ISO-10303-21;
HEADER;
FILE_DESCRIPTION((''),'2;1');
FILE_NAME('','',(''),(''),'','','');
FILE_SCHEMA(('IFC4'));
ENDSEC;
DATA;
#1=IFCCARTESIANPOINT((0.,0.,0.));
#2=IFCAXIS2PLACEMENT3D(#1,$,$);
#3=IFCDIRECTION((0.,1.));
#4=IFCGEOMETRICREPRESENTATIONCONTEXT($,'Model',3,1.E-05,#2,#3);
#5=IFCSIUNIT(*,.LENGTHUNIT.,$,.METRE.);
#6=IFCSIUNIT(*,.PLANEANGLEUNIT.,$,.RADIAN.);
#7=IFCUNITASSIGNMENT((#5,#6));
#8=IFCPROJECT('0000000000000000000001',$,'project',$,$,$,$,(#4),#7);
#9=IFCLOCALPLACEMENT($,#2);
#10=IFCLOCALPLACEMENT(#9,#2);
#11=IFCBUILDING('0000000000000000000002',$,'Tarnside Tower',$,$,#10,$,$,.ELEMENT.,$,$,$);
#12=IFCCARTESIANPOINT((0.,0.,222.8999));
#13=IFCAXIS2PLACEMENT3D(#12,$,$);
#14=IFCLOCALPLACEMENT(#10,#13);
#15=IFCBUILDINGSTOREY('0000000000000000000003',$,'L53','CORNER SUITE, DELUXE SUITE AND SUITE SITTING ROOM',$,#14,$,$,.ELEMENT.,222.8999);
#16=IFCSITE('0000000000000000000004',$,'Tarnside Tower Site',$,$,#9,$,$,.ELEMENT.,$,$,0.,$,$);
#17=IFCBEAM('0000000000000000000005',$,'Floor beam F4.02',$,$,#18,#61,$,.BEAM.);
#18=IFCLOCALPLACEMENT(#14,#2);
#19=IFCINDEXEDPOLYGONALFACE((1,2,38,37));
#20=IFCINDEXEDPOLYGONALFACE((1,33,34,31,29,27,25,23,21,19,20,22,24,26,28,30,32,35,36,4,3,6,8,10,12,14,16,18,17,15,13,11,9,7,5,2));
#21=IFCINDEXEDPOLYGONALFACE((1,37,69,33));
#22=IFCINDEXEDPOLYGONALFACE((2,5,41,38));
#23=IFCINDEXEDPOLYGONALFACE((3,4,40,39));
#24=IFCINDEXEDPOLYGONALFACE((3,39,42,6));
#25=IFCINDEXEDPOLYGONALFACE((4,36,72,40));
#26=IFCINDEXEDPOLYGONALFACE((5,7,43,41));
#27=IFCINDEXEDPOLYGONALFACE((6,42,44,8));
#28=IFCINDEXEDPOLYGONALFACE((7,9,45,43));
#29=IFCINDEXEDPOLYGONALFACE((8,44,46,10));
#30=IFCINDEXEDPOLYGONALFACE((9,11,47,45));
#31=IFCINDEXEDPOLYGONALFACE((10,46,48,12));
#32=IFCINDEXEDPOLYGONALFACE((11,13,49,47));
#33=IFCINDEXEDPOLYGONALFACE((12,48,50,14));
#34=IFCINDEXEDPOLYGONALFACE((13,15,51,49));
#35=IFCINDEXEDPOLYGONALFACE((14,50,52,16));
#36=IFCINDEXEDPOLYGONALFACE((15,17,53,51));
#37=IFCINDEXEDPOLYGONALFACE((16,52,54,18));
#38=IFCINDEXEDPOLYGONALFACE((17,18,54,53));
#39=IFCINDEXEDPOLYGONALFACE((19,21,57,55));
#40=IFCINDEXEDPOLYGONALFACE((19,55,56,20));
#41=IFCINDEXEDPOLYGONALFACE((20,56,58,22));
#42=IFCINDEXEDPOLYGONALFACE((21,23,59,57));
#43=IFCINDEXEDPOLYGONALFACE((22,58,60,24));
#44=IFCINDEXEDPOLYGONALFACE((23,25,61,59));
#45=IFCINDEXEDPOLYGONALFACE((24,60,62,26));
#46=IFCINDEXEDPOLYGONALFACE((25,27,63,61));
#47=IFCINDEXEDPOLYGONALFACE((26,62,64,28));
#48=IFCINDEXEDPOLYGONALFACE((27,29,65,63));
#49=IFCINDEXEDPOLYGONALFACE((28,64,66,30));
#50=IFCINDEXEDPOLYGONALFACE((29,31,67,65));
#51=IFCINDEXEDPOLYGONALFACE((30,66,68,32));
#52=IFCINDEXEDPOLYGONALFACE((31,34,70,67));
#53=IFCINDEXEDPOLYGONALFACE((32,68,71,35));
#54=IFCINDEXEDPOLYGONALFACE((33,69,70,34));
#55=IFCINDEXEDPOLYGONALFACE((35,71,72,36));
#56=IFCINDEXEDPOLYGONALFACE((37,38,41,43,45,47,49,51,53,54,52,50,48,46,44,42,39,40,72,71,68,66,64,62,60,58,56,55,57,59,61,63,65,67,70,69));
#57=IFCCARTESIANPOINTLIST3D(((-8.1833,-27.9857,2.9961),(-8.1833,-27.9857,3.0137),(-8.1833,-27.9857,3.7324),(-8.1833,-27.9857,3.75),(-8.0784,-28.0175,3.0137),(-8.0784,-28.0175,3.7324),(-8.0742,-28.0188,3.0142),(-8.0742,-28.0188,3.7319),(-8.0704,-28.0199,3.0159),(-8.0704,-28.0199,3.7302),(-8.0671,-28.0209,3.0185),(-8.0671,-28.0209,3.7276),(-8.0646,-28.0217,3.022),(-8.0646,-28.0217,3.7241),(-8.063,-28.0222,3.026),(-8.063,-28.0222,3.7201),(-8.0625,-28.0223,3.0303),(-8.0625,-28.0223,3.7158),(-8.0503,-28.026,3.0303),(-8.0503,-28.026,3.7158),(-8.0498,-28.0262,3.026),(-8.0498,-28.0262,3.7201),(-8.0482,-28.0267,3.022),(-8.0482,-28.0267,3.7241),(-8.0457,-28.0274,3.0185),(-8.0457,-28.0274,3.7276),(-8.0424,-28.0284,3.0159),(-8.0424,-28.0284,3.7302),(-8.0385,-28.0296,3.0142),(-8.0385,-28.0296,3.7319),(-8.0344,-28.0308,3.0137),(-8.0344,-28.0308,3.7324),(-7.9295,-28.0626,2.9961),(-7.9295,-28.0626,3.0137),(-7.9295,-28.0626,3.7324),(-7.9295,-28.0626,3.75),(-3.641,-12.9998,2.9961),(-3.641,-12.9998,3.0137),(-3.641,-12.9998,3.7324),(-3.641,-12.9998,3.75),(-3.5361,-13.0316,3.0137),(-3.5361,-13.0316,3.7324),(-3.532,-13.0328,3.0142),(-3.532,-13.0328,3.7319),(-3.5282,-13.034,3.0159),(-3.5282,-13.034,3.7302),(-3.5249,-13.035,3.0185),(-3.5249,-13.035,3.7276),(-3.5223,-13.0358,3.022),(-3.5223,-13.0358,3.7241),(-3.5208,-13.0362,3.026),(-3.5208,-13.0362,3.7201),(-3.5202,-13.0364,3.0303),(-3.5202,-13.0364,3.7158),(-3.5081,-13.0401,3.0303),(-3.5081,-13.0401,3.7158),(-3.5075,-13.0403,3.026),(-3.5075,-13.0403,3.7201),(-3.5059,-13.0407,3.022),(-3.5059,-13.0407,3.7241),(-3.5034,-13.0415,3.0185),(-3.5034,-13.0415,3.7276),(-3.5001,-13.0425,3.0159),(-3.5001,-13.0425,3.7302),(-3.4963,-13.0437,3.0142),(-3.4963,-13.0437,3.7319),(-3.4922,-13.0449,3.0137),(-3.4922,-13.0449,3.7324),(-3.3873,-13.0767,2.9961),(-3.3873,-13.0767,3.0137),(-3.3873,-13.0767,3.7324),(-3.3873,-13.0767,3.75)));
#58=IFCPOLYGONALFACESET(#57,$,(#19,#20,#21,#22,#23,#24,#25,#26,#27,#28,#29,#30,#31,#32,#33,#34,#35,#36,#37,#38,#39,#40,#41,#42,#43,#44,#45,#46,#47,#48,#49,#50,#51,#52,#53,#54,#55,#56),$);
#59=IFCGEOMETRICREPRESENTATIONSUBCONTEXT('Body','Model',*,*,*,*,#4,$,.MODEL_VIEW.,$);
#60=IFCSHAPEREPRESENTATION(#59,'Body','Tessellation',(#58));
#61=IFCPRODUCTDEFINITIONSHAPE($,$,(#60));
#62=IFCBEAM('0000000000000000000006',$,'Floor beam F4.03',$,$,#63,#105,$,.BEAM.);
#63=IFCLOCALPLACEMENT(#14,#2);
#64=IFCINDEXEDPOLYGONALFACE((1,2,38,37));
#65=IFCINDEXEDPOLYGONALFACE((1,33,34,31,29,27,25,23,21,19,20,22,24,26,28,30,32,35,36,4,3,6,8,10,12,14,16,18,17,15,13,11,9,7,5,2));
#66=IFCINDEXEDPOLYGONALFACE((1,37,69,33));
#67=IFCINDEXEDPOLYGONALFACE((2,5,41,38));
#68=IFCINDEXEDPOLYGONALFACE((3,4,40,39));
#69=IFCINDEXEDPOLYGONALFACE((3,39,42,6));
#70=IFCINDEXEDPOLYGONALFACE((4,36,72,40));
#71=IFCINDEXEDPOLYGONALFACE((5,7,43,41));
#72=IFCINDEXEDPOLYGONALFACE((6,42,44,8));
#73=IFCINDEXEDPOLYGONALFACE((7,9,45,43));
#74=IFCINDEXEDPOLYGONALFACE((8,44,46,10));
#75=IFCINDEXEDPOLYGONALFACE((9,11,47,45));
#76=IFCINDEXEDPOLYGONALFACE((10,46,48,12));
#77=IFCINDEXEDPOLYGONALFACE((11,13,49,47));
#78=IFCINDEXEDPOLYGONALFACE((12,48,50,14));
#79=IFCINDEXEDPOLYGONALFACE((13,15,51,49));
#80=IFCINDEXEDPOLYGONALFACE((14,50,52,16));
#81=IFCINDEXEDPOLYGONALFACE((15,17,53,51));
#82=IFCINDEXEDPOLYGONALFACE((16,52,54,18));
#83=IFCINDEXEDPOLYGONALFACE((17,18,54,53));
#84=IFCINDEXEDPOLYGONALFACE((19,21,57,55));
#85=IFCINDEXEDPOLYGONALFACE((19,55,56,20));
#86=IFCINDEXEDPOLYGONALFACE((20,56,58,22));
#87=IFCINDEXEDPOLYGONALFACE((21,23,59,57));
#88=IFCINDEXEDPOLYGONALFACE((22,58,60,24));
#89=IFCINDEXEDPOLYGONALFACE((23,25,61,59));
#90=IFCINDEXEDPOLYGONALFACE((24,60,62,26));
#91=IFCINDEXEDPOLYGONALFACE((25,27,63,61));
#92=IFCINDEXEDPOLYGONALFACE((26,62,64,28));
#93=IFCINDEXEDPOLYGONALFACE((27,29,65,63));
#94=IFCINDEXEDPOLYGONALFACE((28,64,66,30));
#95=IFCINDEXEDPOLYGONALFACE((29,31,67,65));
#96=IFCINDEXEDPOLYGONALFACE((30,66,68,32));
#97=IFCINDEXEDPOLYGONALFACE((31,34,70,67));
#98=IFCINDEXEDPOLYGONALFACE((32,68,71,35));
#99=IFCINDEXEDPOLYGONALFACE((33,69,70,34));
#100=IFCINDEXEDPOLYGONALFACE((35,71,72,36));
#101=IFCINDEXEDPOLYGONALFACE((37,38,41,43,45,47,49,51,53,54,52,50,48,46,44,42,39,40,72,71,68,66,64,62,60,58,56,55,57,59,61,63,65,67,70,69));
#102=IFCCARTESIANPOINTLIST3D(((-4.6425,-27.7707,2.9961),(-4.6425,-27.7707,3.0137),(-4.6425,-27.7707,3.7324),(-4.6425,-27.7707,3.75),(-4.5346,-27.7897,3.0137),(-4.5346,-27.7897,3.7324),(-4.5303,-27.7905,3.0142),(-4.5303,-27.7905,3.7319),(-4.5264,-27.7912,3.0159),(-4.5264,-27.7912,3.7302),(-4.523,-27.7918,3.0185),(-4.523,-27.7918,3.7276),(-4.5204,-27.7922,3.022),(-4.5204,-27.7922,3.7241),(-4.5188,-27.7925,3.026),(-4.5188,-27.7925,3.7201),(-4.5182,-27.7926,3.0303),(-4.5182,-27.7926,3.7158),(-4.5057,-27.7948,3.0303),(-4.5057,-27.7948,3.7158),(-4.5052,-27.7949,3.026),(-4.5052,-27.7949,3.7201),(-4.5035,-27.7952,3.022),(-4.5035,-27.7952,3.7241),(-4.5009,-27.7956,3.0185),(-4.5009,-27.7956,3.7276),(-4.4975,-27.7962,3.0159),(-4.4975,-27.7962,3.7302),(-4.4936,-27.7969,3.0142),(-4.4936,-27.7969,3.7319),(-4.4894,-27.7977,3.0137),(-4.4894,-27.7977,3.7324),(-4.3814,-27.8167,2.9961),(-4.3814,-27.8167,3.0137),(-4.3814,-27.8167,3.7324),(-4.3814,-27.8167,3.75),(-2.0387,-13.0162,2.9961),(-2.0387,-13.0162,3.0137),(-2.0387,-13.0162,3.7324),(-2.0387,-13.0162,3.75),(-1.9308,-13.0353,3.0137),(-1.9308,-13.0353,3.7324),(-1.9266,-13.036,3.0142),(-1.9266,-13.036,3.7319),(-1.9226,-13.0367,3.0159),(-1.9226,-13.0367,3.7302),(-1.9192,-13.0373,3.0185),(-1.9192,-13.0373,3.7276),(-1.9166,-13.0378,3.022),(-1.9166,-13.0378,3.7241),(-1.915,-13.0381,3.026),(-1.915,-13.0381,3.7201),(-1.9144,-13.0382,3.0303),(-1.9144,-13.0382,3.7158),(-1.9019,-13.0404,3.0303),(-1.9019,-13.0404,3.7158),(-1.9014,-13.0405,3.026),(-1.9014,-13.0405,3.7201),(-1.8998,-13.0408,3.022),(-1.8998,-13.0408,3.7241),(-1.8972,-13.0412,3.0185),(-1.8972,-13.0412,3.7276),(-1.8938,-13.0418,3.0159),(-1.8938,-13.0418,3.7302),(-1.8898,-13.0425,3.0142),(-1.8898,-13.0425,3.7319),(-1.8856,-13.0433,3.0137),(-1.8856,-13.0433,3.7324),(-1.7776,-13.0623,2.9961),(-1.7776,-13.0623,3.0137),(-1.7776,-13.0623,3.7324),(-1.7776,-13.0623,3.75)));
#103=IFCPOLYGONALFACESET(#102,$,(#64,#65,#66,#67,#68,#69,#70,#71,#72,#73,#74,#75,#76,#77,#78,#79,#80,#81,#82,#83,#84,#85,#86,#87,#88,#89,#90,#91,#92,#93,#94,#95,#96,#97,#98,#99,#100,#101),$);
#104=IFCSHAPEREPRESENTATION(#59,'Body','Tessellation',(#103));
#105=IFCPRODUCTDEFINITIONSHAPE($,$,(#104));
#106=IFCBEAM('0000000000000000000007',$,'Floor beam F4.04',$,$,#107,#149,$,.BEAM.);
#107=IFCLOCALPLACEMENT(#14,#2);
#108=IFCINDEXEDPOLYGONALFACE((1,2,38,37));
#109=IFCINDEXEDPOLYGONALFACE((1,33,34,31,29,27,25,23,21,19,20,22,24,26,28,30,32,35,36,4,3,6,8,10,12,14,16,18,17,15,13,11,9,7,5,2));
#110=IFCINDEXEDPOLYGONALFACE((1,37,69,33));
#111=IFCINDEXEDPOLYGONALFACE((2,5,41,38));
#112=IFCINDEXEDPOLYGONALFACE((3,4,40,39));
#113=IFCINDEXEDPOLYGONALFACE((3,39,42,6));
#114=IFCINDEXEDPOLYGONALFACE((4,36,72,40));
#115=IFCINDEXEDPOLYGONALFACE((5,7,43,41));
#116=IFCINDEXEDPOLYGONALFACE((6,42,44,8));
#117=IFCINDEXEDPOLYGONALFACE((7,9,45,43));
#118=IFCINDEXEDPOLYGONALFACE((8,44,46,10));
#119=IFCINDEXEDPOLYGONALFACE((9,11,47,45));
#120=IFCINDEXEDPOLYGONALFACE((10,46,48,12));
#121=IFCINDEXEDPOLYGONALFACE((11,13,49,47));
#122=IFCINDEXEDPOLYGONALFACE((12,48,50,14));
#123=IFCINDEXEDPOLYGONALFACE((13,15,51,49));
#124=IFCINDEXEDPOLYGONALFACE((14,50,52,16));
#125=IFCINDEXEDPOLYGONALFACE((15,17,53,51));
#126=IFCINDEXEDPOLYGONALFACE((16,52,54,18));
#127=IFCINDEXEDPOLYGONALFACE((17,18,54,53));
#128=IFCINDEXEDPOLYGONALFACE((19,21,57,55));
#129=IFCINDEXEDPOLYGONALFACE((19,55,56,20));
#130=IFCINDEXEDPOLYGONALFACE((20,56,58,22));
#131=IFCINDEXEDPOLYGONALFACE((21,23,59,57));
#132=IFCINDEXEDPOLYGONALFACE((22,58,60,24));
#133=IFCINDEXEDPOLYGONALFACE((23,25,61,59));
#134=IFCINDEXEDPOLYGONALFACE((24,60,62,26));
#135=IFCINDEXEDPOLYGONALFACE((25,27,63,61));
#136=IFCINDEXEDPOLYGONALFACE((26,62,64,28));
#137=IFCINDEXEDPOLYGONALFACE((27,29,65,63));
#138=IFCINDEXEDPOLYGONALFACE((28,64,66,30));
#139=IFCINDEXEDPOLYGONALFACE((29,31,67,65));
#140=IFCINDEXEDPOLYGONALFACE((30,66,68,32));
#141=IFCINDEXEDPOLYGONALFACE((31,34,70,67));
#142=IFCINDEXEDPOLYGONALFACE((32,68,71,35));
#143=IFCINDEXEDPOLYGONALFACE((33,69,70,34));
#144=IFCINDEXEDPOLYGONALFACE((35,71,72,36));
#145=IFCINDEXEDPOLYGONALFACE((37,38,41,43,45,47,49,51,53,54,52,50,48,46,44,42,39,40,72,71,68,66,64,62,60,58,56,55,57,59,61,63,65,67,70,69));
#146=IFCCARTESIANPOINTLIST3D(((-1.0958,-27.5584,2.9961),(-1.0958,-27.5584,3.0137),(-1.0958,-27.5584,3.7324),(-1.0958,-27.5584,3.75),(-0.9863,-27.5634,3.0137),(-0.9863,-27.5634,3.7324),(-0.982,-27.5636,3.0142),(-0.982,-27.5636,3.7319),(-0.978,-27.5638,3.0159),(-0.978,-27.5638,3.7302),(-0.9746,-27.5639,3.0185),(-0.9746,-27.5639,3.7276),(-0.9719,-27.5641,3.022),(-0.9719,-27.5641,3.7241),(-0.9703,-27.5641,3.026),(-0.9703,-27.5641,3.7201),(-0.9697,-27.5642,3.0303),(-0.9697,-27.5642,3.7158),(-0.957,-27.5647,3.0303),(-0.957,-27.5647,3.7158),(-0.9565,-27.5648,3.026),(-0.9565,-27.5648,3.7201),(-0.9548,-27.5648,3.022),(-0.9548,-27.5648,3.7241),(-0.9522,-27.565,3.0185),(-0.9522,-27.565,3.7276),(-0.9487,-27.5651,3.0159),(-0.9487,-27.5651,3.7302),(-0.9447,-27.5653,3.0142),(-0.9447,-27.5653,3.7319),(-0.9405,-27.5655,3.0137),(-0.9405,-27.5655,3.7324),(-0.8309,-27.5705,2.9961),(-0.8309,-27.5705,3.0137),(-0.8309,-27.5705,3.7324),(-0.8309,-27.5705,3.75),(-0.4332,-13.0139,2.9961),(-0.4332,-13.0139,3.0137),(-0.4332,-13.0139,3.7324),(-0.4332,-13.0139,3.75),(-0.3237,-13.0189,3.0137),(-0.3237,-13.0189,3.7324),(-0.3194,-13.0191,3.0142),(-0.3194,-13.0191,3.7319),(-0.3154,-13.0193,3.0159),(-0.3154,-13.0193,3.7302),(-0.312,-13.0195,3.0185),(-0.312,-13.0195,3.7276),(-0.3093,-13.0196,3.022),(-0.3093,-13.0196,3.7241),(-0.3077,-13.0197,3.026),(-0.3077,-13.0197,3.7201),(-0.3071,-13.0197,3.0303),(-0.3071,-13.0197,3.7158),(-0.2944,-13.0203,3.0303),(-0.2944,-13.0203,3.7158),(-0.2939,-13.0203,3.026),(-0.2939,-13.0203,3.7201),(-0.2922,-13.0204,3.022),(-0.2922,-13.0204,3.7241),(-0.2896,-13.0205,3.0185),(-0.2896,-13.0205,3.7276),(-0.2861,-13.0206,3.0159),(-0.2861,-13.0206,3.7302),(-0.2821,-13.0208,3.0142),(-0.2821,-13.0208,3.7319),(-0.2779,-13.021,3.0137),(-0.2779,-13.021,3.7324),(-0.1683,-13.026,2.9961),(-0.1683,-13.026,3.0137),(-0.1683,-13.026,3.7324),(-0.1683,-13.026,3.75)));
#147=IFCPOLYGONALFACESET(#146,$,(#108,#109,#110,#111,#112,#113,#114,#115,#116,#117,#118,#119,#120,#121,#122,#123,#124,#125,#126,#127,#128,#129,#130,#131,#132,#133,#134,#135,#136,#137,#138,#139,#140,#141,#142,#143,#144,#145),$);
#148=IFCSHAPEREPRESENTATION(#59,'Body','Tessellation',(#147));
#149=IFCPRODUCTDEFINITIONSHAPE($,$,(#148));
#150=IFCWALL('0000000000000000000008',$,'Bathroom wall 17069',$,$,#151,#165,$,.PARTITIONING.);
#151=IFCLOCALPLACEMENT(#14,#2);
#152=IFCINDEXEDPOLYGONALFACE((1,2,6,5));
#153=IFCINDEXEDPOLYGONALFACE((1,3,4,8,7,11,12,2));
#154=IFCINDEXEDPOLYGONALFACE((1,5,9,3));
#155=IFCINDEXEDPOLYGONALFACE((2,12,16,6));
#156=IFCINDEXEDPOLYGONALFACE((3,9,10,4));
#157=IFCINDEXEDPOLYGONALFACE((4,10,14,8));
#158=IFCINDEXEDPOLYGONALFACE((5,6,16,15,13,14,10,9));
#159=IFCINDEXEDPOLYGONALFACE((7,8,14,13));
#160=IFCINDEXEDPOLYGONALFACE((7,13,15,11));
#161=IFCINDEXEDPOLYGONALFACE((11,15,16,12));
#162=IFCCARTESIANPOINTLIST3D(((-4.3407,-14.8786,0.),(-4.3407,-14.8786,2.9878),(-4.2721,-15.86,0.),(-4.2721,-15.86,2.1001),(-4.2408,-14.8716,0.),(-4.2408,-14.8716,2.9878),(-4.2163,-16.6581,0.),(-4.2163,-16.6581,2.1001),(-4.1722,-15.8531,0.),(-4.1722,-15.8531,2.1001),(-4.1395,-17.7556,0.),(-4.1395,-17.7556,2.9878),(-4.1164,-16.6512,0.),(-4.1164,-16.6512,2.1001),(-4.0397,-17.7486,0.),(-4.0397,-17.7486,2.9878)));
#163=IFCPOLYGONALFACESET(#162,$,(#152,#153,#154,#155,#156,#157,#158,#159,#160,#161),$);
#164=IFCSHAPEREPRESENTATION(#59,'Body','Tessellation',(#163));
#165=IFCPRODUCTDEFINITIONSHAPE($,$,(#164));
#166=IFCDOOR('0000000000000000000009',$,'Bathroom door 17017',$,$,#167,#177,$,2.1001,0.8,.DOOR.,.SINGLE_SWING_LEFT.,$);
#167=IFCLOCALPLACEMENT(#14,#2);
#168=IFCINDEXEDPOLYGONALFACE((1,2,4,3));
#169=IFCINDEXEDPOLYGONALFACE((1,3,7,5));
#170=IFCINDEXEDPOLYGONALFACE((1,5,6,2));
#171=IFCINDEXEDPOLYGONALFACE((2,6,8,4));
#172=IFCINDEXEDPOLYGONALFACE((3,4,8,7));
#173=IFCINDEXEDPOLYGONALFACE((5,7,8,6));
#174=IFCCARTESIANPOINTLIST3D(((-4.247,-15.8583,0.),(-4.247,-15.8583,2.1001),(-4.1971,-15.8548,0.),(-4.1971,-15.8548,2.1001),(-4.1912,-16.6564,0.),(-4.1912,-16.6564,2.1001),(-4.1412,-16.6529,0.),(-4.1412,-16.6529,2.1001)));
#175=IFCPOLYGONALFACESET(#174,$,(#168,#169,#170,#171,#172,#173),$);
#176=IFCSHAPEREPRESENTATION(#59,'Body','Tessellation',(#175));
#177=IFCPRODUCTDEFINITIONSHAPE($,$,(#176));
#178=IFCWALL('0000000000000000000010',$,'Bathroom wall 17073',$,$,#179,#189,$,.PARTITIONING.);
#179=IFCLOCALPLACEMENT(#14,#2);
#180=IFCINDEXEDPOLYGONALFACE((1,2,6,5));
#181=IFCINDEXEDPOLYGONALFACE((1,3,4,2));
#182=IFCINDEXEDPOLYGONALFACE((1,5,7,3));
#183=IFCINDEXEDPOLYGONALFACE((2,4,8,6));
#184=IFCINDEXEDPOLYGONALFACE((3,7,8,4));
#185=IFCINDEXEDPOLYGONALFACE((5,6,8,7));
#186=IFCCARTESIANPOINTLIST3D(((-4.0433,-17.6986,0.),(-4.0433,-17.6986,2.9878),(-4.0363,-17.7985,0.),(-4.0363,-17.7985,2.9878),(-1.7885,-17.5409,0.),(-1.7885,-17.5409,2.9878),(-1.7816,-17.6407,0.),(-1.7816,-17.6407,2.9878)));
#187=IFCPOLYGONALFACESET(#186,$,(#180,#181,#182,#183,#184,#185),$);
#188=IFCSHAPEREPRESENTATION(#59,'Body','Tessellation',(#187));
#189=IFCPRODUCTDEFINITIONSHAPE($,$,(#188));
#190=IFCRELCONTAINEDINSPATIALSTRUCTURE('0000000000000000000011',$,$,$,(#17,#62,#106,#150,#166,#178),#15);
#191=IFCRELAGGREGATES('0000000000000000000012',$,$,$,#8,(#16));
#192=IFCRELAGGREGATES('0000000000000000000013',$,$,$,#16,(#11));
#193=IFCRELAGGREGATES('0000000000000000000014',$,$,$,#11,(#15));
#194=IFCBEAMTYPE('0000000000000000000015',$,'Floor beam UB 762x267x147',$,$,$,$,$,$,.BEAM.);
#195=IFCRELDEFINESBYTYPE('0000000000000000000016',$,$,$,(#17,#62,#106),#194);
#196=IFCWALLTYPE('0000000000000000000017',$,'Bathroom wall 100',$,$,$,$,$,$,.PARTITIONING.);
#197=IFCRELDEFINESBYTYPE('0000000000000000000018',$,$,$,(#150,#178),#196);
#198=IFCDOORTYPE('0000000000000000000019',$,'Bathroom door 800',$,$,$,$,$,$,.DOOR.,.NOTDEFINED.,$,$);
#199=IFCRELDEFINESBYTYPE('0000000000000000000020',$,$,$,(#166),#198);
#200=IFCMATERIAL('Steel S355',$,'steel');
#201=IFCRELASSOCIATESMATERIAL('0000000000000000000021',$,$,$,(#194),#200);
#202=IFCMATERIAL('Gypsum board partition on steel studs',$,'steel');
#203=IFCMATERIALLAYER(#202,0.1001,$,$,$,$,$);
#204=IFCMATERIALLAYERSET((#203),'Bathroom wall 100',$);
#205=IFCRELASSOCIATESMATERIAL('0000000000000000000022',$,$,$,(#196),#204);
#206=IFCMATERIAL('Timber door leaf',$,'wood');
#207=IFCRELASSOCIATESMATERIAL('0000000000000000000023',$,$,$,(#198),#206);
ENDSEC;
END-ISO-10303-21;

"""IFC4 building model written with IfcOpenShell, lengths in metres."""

from ifc_helpers import new_model, si_unit, direction, frame, frame_2d, origin, origin_2d, place, context, subcontext, project, spatial, rectangle, i_section, extrude, material, layer, layer_set, material_profile, profile_set, type_object, element, fill, save


model = new_model("IFC4")

# Units and contexts
model_context = context("Model", 3, precision=1e-05, world=origin(), true_north=direction((0.0, 1.0)))
body_context = subcontext(model_context, "Body", "Model", "MODEL_VIEW")
ifc_project = project(units=[si_unit("LENGTHUNIT", "METRE"), si_unit("PLANEANGLEUNIT", "RADIAN")], contexts=[model_context])

# Site, building, storey
site_placement = place(None, origin())
site = spatial("IfcSite", under=ifc_project, at=site_placement, Name="Tarnside Tower Site", CompositionType="ELEMENT", RefElevation=0.0)
building_placement = place(site_placement, origin())
building = spatial("IfcBuilding", under=site, at=building_placement, Name="Tarnside Tower", CompositionType="ELEMENT")
storey_placement = place(building_placement, frame((0.0, 0.0, 222.8999)))
storey = spatial("IfcBuildingStorey", under=building, at=storey_placement, Name="L53", Description="CORNER SUITE, DELUXE SUITE AND SUITE SITTING ROOM", CompositionType="ELEMENT", Elevation=222.8999)

# Beams
ifc_material_1 = material(Name="Steel S355", Category="steel")
ifc_material_profile = material_profile(ifc_material_1, i_section(OverallWidth=0.2651, OverallDepth=0.7539, WebThickness=0.0127, FlangeThickness=0.0176, FilletRadius=0.0166, at=origin_2d()), Name="UB 762x267x147")
ifc_profile_set = profile_set([ifc_material_profile], Name="Steel S355")
beam_type = type_object("IfcBeamType", Name="Floor beam UB 762x267x147", PredefinedType="BEAM", material=ifc_profile_set)
beam_1_placement = place(storey_placement, frame((-8.0564, -28.0242, 3.373), z_axis=(0.29007, 0.957005, 0.0), x_axis=(-0.957005, 0.29007, 0.0)))
element("IfcBeam", 1, at=beam_1_placement, inside=storey, type_object=beam_type, Name="Floor beam F4.02", PredefinedType="BEAM", context=body_context, shape_type="SweptSolid", body=[
    extrude(i_section(OverallWidth=0.2651, OverallDepth=0.7539, WebThickness=0.0127, FlangeThickness=0.0176, FilletRadius=0.0166, at=origin_2d()), origin(), (0.0, 0.0, 1.0), 15.6592),
])
beam_2_placement = place(storey_placement, frame((-4.512, -27.7937, 3.373), z_axis=(0.173788, 0.984783, 0.0), x_axis=(-0.984783, 0.173788, 0.0)))
element("IfcBeam", 2, at=beam_2_placement, inside=storey, type_object=beam_type, Name="Floor beam F4.03", PredefinedType="BEAM", context=body_context, shape_type="SweptSolid", body=[
    extrude(i_section(OverallWidth=0.2651, OverallDepth=0.7539, WebThickness=0.0127, FlangeThickness=0.0176, FilletRadius=0.0166, at=origin_2d()), origin(), (0.0, 0.0, 1.0), 14.9824),
])
beam_3_placement = place(storey_placement, frame((-0.9634, -27.5645, 3.373), z_axis=(0.04551, 0.998964, 0.0), x_axis=(-0.998964, 0.04551, 0.0)))
element("IfcBeam", 3, at=beam_3_placement, inside=storey, type_object=beam_type, Name="Floor beam F4.04", PredefinedType="BEAM", context=body_context, shape_type="SweptSolid", body=[
    extrude(i_section(OverallWidth=0.2651, OverallDepth=0.7539, WebThickness=0.0127, FlangeThickness=0.0176, FilletRadius=0.0166, at=origin_2d()), origin(), (0.0, 0.0, 1.0), 14.5596),
])

# Wall, opening, door
ifc_material_2 = material(Name="Gypsum board partition on steel studs", Category="steel")
ifc_layer_1 = layer(ifc_material_2, 0.1001)
ifc_layer_set_1 = layer_set([ifc_layer_1], Name="Bathroom wall 100")
wall_type_1 = type_object("IfcWallType", Name="Bathroom wall 100", PredefinedType="PARTITIONING", material=ifc_layer_set_1)
wall_1_placement = place(storey_placement, frame((-4.0896, -17.752, 0.0), z_axis=(0.0, 0.0, 1.0), x_axis=(-0.069755, 0.997564, 0.0)))
wall_1 = element("IfcWall", 4, at=wall_1_placement, inside=storey, type_object=wall_type_1, Name="Bathroom wall 17069", PredefinedType="PARTITIONING", context=body_context, shape_type="SweptSolid", body=[
    extrude(rectangle(XDim=2.884, YDim=0.1001, at=frame_2d((1.4419, 0.0))), origin(), (0.0, 0.0, 1.0), 2.9878),
])
opening_1_placement = place(wall_1_placement, frame((1.1001, 0.0, 0.0)))
opening_1 = element("IfcOpeningElement", 5, at=opening_1_placement, cuts=wall_1, PredefinedType="OPENING", context=body_context, shape_type="SweptSolid", body=[
    extrude(rectangle(XDim=0.8, YDim=2.1001, at=frame_2d((0.3999, 1.05))), frame((0.0, 0.0601, 0.0), z_axis=(0.0, -1.0, 0.0), x_axis=(1.0, 0.0, 0.0)), (0.0, 0.0, 1.0), 0.1201),
])
ifc_material_3 = material(Name="Timber door leaf", Category="wood")
door_type_1 = type_object("IfcDoorType", Name="Bathroom door 800", OperationType="NOTDEFINED", PredefinedType="DOOR", material=ifc_material_3)
door_1_placement = place(opening_1_placement, origin())
door_1 = element("IfcDoor", 6, at=door_1_placement, inside=storey, type_object=door_type_1, Name="Bathroom door 17017", OperationType="SINGLE_SWING_LEFT", OverallHeight=2.1001, OverallWidth=0.8, PredefinedType="DOOR", context=body_context, shape_type="SweptSolid", body=[
    extrude(rectangle(XDim=0.8, YDim=2.1001, at=frame_2d((0.3999, 1.05))), frame((0.0, 0.0249, 0.0), z_axis=(0.0, -1.0, 0.0), x_axis=(1.0, 0.0, 0.0)), (0.0, 0.0, 1.0), 0.05),
])
fill(opening_1, door_1)

# Wall
wall_2_placement = place(storey_placement, frame((-4.0398, -17.7485, 0.0), z_axis=(0.0, 0.0, 1.0), x_axis=(0.997562, 0.069781, 0.0)))
element("IfcWall", 7, at=wall_2_placement, inside=storey, type_object=wall_type_1, Name="Bathroom wall 17073", PredefinedType="PARTITIONING", context=body_context, shape_type="SweptSolid", body=[
    extrude(rectangle(XDim=2.2603, YDim=0.1001, at=frame_2d((1.1301, 0.0))), origin(), (0.0, 0.0, 1.0), 2.9878),
])

save(model, "model.ifc")
